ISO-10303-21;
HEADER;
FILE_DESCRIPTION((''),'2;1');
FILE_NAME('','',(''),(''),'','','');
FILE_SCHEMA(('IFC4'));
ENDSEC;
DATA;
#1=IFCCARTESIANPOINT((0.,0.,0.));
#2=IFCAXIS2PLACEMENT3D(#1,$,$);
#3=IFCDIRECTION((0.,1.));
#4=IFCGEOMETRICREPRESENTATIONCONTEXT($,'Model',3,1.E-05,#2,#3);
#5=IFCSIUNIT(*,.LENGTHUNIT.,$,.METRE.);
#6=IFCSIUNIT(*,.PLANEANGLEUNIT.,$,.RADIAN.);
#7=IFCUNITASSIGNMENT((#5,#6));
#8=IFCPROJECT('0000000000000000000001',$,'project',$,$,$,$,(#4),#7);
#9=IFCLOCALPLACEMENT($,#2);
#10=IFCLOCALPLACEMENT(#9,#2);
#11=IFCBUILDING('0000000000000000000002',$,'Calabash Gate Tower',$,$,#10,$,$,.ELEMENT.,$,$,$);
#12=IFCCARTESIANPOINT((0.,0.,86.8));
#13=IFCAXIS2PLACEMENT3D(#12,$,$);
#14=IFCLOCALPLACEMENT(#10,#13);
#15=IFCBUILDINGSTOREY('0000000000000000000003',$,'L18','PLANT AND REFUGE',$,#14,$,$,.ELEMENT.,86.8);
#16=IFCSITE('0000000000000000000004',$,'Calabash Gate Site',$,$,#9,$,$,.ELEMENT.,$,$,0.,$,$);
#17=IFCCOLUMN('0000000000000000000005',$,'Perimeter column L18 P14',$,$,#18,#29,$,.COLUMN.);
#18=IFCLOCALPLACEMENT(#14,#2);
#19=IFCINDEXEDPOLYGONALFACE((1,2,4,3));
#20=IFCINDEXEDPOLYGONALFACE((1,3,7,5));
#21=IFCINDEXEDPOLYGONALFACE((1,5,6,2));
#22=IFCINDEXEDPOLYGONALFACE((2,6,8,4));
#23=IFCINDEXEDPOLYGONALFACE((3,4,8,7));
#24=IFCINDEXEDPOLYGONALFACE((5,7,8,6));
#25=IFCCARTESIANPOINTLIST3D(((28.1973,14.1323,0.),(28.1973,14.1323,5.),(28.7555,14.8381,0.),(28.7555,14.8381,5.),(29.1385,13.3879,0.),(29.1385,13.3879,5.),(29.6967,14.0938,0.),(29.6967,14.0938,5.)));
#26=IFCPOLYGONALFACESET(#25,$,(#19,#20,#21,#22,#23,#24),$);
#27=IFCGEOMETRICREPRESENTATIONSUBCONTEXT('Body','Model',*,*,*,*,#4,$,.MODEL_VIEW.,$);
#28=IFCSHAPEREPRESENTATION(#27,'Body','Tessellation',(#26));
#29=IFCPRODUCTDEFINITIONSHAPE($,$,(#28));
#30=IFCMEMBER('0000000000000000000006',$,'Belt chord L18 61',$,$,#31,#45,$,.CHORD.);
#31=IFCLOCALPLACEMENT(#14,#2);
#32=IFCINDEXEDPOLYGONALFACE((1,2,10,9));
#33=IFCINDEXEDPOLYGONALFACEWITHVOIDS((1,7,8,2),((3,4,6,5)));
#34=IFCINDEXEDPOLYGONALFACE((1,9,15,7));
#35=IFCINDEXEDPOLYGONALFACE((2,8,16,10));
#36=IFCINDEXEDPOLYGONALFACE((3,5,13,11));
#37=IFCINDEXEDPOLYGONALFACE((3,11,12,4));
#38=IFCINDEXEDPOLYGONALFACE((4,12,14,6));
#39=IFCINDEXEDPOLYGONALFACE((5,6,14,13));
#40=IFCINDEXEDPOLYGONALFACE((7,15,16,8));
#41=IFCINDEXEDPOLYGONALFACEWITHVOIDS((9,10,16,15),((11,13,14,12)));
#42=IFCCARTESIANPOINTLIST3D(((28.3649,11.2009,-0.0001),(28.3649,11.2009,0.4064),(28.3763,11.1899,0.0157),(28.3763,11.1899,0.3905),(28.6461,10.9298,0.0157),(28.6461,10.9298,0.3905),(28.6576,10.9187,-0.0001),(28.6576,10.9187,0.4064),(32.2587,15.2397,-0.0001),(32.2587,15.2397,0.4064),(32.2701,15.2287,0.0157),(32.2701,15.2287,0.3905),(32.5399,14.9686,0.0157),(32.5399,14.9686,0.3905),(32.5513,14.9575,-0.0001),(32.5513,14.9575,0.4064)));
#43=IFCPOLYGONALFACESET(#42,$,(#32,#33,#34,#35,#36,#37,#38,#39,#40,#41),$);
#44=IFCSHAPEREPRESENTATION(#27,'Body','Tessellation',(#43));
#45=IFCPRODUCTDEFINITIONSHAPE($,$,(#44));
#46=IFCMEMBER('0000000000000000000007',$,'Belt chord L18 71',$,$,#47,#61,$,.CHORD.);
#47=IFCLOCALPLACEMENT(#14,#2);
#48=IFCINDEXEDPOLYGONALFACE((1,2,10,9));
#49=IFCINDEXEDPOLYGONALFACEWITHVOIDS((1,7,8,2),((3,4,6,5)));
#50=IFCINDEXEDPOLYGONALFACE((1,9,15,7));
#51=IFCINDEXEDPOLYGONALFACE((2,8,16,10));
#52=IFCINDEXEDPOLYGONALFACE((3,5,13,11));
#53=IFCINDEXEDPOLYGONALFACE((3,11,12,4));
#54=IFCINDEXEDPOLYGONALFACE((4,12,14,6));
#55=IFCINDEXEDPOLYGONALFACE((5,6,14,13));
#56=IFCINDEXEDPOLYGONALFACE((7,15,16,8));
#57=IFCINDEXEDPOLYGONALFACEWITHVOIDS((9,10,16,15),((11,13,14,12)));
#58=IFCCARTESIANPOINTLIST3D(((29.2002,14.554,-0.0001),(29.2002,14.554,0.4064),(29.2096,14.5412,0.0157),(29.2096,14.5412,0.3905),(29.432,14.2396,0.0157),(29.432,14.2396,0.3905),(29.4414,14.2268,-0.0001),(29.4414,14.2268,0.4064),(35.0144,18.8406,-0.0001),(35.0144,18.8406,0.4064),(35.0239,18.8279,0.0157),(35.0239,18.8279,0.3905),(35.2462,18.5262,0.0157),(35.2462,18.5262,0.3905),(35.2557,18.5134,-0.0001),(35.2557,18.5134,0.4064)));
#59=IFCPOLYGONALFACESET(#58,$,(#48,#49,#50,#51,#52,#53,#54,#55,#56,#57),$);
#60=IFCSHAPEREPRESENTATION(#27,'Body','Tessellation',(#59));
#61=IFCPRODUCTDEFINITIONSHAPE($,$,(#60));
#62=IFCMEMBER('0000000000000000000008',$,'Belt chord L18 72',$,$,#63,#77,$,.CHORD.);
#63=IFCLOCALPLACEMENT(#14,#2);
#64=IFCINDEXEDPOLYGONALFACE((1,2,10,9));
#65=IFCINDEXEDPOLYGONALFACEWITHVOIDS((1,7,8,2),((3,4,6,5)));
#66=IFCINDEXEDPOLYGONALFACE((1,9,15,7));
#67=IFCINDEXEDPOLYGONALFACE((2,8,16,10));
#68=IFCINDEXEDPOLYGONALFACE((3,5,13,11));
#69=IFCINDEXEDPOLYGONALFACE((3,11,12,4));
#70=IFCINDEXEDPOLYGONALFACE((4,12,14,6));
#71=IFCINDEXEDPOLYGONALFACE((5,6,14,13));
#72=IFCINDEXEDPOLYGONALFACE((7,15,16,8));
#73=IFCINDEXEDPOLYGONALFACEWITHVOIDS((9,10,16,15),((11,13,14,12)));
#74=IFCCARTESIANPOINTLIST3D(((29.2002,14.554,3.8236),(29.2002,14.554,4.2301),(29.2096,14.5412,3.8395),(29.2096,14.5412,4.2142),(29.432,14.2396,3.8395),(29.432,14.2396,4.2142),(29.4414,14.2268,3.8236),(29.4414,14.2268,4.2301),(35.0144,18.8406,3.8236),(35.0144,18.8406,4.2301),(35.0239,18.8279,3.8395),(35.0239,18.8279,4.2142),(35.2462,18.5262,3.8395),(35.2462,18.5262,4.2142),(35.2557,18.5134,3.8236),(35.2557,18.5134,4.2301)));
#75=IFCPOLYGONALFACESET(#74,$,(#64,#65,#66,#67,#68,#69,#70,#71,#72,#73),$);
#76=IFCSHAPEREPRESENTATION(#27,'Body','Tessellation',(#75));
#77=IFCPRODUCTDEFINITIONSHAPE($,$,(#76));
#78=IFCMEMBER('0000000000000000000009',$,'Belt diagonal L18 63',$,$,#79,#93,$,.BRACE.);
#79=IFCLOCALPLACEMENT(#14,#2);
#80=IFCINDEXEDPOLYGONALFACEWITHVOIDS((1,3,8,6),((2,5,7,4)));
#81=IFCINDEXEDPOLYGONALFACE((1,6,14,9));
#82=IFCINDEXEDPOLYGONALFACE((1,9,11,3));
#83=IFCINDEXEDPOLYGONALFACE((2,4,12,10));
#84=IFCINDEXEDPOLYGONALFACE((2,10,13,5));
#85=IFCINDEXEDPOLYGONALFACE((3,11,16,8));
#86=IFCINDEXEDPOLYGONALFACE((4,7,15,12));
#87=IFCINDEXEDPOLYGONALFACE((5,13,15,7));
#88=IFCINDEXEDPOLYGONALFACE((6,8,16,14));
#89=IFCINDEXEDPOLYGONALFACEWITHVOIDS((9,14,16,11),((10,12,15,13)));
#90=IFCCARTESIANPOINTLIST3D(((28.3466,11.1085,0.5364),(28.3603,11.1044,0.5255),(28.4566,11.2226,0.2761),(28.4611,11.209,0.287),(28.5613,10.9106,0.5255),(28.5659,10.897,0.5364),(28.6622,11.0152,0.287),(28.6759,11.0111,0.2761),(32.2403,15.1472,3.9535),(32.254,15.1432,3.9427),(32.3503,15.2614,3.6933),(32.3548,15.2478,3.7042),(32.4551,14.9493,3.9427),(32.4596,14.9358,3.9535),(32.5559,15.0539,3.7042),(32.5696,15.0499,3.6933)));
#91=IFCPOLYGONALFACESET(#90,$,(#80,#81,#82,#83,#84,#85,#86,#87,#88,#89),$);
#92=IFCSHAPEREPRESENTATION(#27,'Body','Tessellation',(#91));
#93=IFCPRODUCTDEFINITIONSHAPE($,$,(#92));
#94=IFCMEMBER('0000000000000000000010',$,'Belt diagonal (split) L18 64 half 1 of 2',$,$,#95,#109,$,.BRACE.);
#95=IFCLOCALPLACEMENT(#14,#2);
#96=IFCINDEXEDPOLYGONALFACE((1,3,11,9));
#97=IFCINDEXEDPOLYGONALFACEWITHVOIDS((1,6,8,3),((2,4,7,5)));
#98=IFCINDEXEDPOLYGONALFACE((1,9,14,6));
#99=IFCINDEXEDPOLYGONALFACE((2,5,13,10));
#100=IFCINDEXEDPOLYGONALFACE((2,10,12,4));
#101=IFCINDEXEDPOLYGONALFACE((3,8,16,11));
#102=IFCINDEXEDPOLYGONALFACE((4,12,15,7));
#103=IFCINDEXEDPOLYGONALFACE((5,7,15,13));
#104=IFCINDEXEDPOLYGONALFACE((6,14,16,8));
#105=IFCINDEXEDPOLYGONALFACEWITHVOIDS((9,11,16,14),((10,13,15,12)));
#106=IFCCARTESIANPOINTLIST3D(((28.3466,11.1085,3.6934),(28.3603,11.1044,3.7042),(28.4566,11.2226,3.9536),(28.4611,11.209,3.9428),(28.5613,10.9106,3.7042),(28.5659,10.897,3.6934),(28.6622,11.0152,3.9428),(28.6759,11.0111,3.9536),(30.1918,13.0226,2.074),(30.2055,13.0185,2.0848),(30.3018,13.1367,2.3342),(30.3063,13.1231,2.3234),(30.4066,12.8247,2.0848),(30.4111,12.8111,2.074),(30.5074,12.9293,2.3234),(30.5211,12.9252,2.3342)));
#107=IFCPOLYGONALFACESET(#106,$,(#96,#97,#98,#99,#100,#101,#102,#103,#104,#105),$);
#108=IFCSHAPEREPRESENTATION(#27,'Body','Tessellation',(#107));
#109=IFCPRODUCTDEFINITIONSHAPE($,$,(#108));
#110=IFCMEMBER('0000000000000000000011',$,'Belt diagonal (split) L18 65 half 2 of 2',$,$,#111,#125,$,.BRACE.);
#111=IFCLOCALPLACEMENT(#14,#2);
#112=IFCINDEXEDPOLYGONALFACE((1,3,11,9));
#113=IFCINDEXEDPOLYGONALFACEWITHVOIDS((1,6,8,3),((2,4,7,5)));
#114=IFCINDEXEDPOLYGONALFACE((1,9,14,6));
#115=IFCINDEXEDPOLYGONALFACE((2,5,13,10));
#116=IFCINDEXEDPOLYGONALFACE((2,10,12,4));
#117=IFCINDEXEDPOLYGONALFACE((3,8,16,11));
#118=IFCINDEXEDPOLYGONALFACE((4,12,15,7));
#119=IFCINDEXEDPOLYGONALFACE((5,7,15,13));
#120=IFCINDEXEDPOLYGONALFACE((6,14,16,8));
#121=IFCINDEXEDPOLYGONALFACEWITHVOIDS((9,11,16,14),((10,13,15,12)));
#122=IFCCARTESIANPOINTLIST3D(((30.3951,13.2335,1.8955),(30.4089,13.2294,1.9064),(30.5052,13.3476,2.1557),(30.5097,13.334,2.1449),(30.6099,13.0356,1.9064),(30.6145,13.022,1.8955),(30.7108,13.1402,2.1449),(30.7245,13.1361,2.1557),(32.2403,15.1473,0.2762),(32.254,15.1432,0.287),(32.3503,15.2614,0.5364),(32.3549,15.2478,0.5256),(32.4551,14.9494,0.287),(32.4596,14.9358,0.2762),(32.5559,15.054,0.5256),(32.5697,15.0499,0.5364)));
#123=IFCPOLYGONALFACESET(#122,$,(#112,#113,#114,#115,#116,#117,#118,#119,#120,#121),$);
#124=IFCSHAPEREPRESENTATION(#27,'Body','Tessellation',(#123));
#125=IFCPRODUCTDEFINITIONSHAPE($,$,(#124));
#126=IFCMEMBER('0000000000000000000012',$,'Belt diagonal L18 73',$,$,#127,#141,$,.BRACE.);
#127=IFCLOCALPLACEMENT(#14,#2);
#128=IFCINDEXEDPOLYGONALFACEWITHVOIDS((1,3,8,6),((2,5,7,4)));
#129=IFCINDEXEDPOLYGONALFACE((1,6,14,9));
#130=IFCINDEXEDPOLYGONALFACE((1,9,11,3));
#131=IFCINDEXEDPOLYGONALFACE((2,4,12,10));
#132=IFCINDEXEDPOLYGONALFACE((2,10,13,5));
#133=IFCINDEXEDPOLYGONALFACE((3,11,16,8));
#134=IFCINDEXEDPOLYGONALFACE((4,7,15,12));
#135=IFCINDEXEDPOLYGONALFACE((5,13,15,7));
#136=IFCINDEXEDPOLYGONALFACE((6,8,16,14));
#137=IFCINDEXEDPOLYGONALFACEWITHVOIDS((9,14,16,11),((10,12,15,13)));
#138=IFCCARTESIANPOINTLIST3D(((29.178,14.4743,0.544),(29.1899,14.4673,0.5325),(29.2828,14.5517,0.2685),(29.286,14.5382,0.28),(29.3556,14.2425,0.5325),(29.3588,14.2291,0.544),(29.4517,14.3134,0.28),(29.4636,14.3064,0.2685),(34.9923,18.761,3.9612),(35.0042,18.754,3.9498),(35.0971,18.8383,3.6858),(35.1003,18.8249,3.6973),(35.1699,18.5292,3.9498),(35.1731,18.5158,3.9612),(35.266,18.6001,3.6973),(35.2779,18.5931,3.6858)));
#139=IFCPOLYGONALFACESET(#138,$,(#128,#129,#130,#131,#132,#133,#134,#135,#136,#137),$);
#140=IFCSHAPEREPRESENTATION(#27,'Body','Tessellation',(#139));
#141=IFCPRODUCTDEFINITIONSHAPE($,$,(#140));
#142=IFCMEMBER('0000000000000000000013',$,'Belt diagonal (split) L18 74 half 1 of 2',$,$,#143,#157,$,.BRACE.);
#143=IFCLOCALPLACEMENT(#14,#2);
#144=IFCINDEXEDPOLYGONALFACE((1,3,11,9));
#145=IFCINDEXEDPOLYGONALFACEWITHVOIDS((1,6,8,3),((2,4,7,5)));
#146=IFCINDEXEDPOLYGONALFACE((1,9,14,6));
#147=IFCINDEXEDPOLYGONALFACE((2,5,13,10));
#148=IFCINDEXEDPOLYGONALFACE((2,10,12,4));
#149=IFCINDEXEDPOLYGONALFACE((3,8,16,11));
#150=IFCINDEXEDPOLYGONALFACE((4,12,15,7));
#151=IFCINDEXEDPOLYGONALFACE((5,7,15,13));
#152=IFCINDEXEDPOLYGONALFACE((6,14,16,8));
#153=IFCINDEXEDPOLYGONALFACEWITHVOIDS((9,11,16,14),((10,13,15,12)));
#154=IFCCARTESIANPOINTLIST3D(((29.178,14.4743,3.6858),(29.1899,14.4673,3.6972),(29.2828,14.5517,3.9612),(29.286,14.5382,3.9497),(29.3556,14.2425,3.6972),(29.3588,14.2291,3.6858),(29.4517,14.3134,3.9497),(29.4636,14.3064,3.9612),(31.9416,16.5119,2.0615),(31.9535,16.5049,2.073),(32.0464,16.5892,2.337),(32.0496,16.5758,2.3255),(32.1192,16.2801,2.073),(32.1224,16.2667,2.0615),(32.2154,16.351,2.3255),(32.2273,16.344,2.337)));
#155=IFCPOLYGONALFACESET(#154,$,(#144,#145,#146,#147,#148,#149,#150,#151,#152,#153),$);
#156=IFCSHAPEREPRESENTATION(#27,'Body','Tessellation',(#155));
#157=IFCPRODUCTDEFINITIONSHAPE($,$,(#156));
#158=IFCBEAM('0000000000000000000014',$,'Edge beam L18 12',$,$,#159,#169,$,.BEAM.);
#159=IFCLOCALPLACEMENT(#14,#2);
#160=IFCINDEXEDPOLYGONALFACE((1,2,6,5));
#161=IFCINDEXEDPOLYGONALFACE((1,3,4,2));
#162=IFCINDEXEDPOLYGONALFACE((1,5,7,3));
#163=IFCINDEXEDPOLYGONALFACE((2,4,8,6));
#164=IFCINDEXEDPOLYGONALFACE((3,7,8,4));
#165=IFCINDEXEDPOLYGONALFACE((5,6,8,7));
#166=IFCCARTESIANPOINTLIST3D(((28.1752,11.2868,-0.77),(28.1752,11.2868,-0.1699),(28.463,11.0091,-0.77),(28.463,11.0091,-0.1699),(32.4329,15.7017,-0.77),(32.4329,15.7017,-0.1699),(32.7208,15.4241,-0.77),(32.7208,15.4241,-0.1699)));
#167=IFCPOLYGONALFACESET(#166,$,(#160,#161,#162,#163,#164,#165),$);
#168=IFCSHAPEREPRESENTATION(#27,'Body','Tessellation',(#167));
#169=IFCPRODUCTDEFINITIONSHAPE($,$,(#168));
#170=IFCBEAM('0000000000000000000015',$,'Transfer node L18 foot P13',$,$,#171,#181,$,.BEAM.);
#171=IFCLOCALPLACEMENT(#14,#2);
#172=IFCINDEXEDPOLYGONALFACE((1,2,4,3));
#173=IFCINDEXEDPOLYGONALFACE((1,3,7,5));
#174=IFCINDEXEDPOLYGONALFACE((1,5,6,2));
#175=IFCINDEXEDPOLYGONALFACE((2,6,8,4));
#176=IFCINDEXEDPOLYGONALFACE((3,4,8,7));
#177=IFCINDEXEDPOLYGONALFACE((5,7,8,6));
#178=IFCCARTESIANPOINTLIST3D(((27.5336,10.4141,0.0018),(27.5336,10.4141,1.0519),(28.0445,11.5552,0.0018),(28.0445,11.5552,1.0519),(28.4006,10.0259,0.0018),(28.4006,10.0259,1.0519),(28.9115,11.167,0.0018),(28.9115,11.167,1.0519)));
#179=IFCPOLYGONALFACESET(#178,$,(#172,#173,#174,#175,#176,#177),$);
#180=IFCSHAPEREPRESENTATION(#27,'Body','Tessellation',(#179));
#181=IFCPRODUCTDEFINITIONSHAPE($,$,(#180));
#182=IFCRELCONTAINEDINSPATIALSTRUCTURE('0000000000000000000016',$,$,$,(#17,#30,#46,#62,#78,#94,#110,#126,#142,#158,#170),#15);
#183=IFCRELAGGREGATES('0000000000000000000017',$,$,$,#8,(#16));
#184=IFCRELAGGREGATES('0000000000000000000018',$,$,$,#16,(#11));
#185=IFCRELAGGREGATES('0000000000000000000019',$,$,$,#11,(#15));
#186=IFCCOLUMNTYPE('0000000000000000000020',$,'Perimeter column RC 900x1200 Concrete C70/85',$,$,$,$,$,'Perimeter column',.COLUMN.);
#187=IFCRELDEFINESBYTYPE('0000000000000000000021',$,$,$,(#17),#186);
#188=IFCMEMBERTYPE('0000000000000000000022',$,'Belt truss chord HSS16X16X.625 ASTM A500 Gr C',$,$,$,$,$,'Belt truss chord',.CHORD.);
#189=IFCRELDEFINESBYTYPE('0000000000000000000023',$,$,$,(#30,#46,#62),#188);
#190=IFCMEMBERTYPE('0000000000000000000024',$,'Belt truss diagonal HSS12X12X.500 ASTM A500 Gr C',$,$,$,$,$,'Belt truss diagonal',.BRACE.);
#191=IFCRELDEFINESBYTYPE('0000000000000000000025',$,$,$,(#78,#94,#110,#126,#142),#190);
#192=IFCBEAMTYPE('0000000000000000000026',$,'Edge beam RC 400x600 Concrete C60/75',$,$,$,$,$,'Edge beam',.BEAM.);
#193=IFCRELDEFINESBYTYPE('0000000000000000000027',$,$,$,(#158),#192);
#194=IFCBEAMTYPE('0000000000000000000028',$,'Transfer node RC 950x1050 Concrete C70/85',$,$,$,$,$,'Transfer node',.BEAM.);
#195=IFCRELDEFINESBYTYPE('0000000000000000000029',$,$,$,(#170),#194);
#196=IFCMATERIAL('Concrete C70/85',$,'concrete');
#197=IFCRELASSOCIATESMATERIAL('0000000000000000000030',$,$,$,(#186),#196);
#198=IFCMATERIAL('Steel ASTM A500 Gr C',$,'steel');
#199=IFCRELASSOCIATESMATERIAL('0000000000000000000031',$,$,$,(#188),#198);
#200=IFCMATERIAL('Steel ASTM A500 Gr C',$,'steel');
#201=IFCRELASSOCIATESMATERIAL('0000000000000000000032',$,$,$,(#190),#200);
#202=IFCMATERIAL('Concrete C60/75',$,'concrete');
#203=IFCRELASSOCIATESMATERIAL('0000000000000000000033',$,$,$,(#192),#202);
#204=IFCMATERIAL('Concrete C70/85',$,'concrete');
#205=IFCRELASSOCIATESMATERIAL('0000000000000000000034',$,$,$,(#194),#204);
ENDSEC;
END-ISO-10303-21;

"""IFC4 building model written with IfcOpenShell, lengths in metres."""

from ifc_helpers import new_model, si_unit, direction, frame, origin, origin_2d, place, context, subcontext, project, spatial, rectangle, hollow_rectangle, extrude, material, material_profile, profile_set, type_object, element, save


model = new_model("IFC4")

# Units and contexts
model_context = context("Model", 3, precision=1e-05, world=origin(), true_north=direction((0.0, 1.0)))
body_context = subcontext(model_context, "Body", "Model", "MODEL_VIEW")
ifc_project = project(units=[si_unit("LENGTHUNIT", "METRE"), si_unit("PLANEANGLEUNIT", "RADIAN")], contexts=[model_context])

# Site, building, storey
site_placement = place(None, origin())
site = spatial("IfcSite", under=ifc_project, at=site_placement, Name="Calabash Gate Site", CompositionType="ELEMENT", RefElevation=0.0)
building_placement = place(site_placement, origin())
building = spatial("IfcBuilding", under=site, at=building_placement, Name="Calabash Gate Tower", CompositionType="ELEMENT")
storey_placement = place(building_placement, frame((0.0, 0.0, 86.8)))
storey = spatial("IfcBuildingStorey", under=building, at=storey_placement, Name="L18", Description="PLANT AND REFUGE", CompositionType="ELEMENT", Elevation=86.8)

# Column
ifc_material_1 = material(Name="Concrete C70/85", Category="concrete")
ifc_material_profile_1 = material_profile(ifc_material_1, rectangle(XDim=0.8999, YDim=1.2, at=origin_2d()))
ifc_profile_set_1 = profile_set([ifc_material_profile_1], Name="Concrete C70/85")
column_type_1 = type_object("IfcColumnType", Name="Perimeter column RC 900x1200 Concrete C70/85", ElementType="Perimeter column", PredefinedType="COLUMN", material=ifc_profile_set_1)
column_1_placement = place(storey_placement, frame((28.947, 14.113, 0.0), z_axis=(0.0, 0.0, 1.0), x_axis=(0.620301, 0.784364, 0.0)))
element("IfcColumn", 1, at=column_1_placement, inside=storey, type_object=column_type_1, Name="Perimeter column L18 P14", PredefinedType="COLUMN", context=body_context, shape_type="SweptSolid", body=[
    extrude(rectangle(XDim=0.8999, YDim=1.2, at=origin_2d()), origin(), (0.0, 0.0, 1.0), 5.0),
])

# Members
ifc_material_2 = material(Name="Steel ASTM A500 Gr C", Category="steel")
ifc_material_profile_2 = material_profile(ifc_material_2, hollow_rectangle(XDim=0.4065, YDim=0.4065, WallThickness=0.0159, at=origin_2d()))
ifc_profile_set_2 = profile_set([ifc_material_profile_2], Name="Steel ASTM A500 Gr C")
member_type_1 = type_object("IfcMemberType", Name="Belt truss chord HSS16X16X.625 ASTM A500 Gr C", ElementType="Belt truss chord", PredefinedType="CHORD", material=ifc_profile_set_2)
member_1_placement = place(storey_placement, frame((28.5112, 11.0598, 0.2031), z_axis=(0.694064, 0.719913, 0.0), x_axis=(-0.719913, 0.694064, 0.0)))
element("IfcMember", 2, at=member_1_placement, inside=storey, type_object=member_type_1, Name="Belt chord L18 61", PredefinedType="CHORD", context=body_context, shape_type="SweptSolid", body=[
    extrude(hollow_rectangle(XDim=0.4065, YDim=0.4065, WallThickness=0.0159, at=origin_2d()), origin(), (0.0, 0.0, 1.0), 5.6101),
])
for number, where, z_axis, x_axis, name in (
    (3, (29.3208, 14.3904, 0.2031), (0.804893, 0.59342, 0.0), (-0.59342, 0.804893, 0.0), "Belt chord L18 71"),
    (4, (29.3208, 14.3904, 4.0269), (0.804893, 0.59342, 0.0), (-0.59342, 0.804893, 0.0), "Belt chord L18 72"),
):
    element("IfcMember", number, at=place(storey_placement, frame(where, z_axis=z_axis, x_axis=x_axis)), inside=storey, type_object=member_type_1, Name=name, PredefinedType="CHORD", context=body_context, shape_type="SweptSolid", body=[
        extrude(hollow_rectangle(XDim=0.4065, YDim=0.4065, WallThickness=0.0159, at=origin_2d()), origin(), (0.0, 0.0, 1.0), 7.2236),
    ])
ifc_material_3 = material(Name="Steel ASTM A500 Gr C", Category="steel")
ifc_material_profile_3 = material_profile(ifc_material_3, hollow_rectangle(XDim=0.3047, YDim=0.3047, WallThickness=0.0127, at=origin_2d()))
ifc_profile_set_3 = profile_set([ifc_material_profile_3], Name="Steel ASTM A500 Gr C")
member_type_2 = type_object("IfcMemberType", Name="Belt truss diagonal HSS12X12X.500 ASTM A500 Gr C", ElementType="Belt truss diagonal", PredefinedType="BRACE", material=ifc_profile_set_3)
member_2_placement = place(storey_placement, frame((28.5112, 11.0598, 0.4062), z_axis=(0.592757, 0.614834, 0.52021), x_axis=(-0.719913, 0.694064, 0.0)))
element("IfcMember", 5, at=member_2_placement, inside=storey, type_object=member_type_2, Name="Belt diagonal L18 63", PredefinedType="BRACE", context=body_context, shape_type="SweptSolid", body=[
    extrude(hollow_rectangle(XDim=0.3047, YDim=0.3047, WallThickness=0.0127, at=origin_2d()), origin(), (0.0, 0.0, 1.0), 6.5688),
])
member_3_placement = place(storey_placement, frame((28.5112, 11.0598, 3.8235), z_axis=(0.592742, 0.614858, -0.520198), x_axis=(-0.719936, 0.69404, 0.0)))
element("IfcMember", 6, at=member_3_placement, inside=storey, type_object=member_type_2, Name="Belt diagonal (split) L18 64 half 1 of 2", PredefinedType="BRACE", context=body_context, shape_type="SweptSolid", body=[
    extrude(hollow_rectangle(XDim=0.3047, YDim=0.3047, WallThickness=0.0127, at=origin_2d()), origin(), (0.0, 0.0, 1.0), 3.113),
])
member_4_placement = place(storey_placement, frame((30.5598, 13.1848, 2.0256), z_axis=(0.592771, 0.614809, -0.520223), x_axis=(-0.719892, 0.694086, 0.0)))
element("IfcMember", 7, at=member_4_placement, inside=storey, type_object=member_type_2, Name="Belt diagonal (split) L18 65 half 2 of 2", PredefinedType="BRACE", context=body_context, shape_type="SweptSolid", body=[
    extrude(hollow_rectangle(XDim=0.3047, YDim=0.3047, WallThickness=0.0127, at=origin_2d()), origin(), (0.0, 0.0, 1.0), 3.1128),
])
member_5_placement = place(storey_placement, frame((29.3208, 14.3904, 0.4062), z_axis=(0.727586, 0.536425, 0.42763), x_axis=(-0.59342, 0.804893, 0.0)))
element("IfcMember", 8, at=member_5_placement, inside=storey, type_object=member_type_2, Name="Belt diagonal L18 73", PredefinedType="BRACE", context=body_context, shape_type="SweptSolid", body=[
    extrude(hollow_rectangle(XDim=0.3047, YDim=0.3047, WallThickness=0.0127, at=origin_2d()), origin(), (0.0, 0.0, 1.0), 7.9912),
])
member_6_placement = place(storey_placement, frame((29.3208, 14.3904, 3.8235), z_axis=(0.727586, 0.536434, -0.427618), x_axis=(-0.593427, 0.804888, 0.0)))
element("IfcMember", 9, at=member_6_placement, inside=storey, type_object=member_type_2, Name="Belt diagonal (split) L18 74 half 1 of 2", PredefinedType="BRACE", context=body_context, shape_type="SweptSolid", body=[
    extrude(hollow_rectangle(XDim=0.3047, YDim=0.3047, WallThickness=0.0127, at=origin_2d()), origin(), (0.0, 0.0, 1.0), 3.7983),
])

# Beams
ifc_material_4 = material(Name="Concrete C60/75", Category="concrete")
ifc_material_profile_4 = material_profile(ifc_material_4, rectangle(XDim=0.3999, YDim=0.6001, at=origin_2d()))
ifc_profile_set_4 = profile_set([ifc_material_profile_4], Name="Concrete C60/75")
beam_type_1 = type_object("IfcBeamType", Name="Edge beam RC 400x600 Concrete C60/75", ElementType="Edge beam", PredefinedType="BEAM", material=ifc_profile_set_4)
beam_1_placement = place(storey_placement, frame((28.3191, 11.1479, -0.47), z_axis=(0.694174, 0.719807, 0.0), x_axis=(-0.719807, 0.694174, 0.0)))
element("IfcBeam", 10, at=beam_1_placement, inside=storey, type_object=beam_type_1, Name="Edge beam L18 12", PredefinedType="BEAM", context=body_context, shape_type="SweptSolid", body=[
    extrude(rectangle(XDim=0.3999, YDim=0.6001, at=origin_2d()), origin(), (0.0, 0.0, 1.0), 6.1335),
])
ifc_material_5 = material(Name="Concrete C70/85", Category="concrete")
ifc_material_profile_5 = material_profile(ifc_material_5, rectangle(XDim=0.95, YDim=1.05, at=origin_2d()))
ifc_profile_set_5 = profile_set([ifc_material_profile_5], Name="Concrete C70/85")
beam_type_2 = type_object("IfcBeamType", Name="Transfer node RC 950x1050 Concrete C70/85", ElementType="Transfer node", PredefinedType="BEAM", material=ifc_profile_set_5)
beam_2_placement = place(storey_placement, frame((28.478, 11.3611, 0.5269), z_axis=(-0.408691, -0.912673, 0.0), x_axis=(0.912673, -0.408691, 0.0)))
element("IfcBeam", 11, at=beam_2_placement, inside=storey, type_object=beam_type_2, Name="Transfer node L18 foot P13", PredefinedType="BEAM", context=body_context, shape_type="SweptSolid", body=[
    extrude(rectangle(XDim=0.95, YDim=1.05, at=origin_2d()), origin(), (0.0, 0.0, 1.0), 1.2502),
])

save(model, "model.ifc")
